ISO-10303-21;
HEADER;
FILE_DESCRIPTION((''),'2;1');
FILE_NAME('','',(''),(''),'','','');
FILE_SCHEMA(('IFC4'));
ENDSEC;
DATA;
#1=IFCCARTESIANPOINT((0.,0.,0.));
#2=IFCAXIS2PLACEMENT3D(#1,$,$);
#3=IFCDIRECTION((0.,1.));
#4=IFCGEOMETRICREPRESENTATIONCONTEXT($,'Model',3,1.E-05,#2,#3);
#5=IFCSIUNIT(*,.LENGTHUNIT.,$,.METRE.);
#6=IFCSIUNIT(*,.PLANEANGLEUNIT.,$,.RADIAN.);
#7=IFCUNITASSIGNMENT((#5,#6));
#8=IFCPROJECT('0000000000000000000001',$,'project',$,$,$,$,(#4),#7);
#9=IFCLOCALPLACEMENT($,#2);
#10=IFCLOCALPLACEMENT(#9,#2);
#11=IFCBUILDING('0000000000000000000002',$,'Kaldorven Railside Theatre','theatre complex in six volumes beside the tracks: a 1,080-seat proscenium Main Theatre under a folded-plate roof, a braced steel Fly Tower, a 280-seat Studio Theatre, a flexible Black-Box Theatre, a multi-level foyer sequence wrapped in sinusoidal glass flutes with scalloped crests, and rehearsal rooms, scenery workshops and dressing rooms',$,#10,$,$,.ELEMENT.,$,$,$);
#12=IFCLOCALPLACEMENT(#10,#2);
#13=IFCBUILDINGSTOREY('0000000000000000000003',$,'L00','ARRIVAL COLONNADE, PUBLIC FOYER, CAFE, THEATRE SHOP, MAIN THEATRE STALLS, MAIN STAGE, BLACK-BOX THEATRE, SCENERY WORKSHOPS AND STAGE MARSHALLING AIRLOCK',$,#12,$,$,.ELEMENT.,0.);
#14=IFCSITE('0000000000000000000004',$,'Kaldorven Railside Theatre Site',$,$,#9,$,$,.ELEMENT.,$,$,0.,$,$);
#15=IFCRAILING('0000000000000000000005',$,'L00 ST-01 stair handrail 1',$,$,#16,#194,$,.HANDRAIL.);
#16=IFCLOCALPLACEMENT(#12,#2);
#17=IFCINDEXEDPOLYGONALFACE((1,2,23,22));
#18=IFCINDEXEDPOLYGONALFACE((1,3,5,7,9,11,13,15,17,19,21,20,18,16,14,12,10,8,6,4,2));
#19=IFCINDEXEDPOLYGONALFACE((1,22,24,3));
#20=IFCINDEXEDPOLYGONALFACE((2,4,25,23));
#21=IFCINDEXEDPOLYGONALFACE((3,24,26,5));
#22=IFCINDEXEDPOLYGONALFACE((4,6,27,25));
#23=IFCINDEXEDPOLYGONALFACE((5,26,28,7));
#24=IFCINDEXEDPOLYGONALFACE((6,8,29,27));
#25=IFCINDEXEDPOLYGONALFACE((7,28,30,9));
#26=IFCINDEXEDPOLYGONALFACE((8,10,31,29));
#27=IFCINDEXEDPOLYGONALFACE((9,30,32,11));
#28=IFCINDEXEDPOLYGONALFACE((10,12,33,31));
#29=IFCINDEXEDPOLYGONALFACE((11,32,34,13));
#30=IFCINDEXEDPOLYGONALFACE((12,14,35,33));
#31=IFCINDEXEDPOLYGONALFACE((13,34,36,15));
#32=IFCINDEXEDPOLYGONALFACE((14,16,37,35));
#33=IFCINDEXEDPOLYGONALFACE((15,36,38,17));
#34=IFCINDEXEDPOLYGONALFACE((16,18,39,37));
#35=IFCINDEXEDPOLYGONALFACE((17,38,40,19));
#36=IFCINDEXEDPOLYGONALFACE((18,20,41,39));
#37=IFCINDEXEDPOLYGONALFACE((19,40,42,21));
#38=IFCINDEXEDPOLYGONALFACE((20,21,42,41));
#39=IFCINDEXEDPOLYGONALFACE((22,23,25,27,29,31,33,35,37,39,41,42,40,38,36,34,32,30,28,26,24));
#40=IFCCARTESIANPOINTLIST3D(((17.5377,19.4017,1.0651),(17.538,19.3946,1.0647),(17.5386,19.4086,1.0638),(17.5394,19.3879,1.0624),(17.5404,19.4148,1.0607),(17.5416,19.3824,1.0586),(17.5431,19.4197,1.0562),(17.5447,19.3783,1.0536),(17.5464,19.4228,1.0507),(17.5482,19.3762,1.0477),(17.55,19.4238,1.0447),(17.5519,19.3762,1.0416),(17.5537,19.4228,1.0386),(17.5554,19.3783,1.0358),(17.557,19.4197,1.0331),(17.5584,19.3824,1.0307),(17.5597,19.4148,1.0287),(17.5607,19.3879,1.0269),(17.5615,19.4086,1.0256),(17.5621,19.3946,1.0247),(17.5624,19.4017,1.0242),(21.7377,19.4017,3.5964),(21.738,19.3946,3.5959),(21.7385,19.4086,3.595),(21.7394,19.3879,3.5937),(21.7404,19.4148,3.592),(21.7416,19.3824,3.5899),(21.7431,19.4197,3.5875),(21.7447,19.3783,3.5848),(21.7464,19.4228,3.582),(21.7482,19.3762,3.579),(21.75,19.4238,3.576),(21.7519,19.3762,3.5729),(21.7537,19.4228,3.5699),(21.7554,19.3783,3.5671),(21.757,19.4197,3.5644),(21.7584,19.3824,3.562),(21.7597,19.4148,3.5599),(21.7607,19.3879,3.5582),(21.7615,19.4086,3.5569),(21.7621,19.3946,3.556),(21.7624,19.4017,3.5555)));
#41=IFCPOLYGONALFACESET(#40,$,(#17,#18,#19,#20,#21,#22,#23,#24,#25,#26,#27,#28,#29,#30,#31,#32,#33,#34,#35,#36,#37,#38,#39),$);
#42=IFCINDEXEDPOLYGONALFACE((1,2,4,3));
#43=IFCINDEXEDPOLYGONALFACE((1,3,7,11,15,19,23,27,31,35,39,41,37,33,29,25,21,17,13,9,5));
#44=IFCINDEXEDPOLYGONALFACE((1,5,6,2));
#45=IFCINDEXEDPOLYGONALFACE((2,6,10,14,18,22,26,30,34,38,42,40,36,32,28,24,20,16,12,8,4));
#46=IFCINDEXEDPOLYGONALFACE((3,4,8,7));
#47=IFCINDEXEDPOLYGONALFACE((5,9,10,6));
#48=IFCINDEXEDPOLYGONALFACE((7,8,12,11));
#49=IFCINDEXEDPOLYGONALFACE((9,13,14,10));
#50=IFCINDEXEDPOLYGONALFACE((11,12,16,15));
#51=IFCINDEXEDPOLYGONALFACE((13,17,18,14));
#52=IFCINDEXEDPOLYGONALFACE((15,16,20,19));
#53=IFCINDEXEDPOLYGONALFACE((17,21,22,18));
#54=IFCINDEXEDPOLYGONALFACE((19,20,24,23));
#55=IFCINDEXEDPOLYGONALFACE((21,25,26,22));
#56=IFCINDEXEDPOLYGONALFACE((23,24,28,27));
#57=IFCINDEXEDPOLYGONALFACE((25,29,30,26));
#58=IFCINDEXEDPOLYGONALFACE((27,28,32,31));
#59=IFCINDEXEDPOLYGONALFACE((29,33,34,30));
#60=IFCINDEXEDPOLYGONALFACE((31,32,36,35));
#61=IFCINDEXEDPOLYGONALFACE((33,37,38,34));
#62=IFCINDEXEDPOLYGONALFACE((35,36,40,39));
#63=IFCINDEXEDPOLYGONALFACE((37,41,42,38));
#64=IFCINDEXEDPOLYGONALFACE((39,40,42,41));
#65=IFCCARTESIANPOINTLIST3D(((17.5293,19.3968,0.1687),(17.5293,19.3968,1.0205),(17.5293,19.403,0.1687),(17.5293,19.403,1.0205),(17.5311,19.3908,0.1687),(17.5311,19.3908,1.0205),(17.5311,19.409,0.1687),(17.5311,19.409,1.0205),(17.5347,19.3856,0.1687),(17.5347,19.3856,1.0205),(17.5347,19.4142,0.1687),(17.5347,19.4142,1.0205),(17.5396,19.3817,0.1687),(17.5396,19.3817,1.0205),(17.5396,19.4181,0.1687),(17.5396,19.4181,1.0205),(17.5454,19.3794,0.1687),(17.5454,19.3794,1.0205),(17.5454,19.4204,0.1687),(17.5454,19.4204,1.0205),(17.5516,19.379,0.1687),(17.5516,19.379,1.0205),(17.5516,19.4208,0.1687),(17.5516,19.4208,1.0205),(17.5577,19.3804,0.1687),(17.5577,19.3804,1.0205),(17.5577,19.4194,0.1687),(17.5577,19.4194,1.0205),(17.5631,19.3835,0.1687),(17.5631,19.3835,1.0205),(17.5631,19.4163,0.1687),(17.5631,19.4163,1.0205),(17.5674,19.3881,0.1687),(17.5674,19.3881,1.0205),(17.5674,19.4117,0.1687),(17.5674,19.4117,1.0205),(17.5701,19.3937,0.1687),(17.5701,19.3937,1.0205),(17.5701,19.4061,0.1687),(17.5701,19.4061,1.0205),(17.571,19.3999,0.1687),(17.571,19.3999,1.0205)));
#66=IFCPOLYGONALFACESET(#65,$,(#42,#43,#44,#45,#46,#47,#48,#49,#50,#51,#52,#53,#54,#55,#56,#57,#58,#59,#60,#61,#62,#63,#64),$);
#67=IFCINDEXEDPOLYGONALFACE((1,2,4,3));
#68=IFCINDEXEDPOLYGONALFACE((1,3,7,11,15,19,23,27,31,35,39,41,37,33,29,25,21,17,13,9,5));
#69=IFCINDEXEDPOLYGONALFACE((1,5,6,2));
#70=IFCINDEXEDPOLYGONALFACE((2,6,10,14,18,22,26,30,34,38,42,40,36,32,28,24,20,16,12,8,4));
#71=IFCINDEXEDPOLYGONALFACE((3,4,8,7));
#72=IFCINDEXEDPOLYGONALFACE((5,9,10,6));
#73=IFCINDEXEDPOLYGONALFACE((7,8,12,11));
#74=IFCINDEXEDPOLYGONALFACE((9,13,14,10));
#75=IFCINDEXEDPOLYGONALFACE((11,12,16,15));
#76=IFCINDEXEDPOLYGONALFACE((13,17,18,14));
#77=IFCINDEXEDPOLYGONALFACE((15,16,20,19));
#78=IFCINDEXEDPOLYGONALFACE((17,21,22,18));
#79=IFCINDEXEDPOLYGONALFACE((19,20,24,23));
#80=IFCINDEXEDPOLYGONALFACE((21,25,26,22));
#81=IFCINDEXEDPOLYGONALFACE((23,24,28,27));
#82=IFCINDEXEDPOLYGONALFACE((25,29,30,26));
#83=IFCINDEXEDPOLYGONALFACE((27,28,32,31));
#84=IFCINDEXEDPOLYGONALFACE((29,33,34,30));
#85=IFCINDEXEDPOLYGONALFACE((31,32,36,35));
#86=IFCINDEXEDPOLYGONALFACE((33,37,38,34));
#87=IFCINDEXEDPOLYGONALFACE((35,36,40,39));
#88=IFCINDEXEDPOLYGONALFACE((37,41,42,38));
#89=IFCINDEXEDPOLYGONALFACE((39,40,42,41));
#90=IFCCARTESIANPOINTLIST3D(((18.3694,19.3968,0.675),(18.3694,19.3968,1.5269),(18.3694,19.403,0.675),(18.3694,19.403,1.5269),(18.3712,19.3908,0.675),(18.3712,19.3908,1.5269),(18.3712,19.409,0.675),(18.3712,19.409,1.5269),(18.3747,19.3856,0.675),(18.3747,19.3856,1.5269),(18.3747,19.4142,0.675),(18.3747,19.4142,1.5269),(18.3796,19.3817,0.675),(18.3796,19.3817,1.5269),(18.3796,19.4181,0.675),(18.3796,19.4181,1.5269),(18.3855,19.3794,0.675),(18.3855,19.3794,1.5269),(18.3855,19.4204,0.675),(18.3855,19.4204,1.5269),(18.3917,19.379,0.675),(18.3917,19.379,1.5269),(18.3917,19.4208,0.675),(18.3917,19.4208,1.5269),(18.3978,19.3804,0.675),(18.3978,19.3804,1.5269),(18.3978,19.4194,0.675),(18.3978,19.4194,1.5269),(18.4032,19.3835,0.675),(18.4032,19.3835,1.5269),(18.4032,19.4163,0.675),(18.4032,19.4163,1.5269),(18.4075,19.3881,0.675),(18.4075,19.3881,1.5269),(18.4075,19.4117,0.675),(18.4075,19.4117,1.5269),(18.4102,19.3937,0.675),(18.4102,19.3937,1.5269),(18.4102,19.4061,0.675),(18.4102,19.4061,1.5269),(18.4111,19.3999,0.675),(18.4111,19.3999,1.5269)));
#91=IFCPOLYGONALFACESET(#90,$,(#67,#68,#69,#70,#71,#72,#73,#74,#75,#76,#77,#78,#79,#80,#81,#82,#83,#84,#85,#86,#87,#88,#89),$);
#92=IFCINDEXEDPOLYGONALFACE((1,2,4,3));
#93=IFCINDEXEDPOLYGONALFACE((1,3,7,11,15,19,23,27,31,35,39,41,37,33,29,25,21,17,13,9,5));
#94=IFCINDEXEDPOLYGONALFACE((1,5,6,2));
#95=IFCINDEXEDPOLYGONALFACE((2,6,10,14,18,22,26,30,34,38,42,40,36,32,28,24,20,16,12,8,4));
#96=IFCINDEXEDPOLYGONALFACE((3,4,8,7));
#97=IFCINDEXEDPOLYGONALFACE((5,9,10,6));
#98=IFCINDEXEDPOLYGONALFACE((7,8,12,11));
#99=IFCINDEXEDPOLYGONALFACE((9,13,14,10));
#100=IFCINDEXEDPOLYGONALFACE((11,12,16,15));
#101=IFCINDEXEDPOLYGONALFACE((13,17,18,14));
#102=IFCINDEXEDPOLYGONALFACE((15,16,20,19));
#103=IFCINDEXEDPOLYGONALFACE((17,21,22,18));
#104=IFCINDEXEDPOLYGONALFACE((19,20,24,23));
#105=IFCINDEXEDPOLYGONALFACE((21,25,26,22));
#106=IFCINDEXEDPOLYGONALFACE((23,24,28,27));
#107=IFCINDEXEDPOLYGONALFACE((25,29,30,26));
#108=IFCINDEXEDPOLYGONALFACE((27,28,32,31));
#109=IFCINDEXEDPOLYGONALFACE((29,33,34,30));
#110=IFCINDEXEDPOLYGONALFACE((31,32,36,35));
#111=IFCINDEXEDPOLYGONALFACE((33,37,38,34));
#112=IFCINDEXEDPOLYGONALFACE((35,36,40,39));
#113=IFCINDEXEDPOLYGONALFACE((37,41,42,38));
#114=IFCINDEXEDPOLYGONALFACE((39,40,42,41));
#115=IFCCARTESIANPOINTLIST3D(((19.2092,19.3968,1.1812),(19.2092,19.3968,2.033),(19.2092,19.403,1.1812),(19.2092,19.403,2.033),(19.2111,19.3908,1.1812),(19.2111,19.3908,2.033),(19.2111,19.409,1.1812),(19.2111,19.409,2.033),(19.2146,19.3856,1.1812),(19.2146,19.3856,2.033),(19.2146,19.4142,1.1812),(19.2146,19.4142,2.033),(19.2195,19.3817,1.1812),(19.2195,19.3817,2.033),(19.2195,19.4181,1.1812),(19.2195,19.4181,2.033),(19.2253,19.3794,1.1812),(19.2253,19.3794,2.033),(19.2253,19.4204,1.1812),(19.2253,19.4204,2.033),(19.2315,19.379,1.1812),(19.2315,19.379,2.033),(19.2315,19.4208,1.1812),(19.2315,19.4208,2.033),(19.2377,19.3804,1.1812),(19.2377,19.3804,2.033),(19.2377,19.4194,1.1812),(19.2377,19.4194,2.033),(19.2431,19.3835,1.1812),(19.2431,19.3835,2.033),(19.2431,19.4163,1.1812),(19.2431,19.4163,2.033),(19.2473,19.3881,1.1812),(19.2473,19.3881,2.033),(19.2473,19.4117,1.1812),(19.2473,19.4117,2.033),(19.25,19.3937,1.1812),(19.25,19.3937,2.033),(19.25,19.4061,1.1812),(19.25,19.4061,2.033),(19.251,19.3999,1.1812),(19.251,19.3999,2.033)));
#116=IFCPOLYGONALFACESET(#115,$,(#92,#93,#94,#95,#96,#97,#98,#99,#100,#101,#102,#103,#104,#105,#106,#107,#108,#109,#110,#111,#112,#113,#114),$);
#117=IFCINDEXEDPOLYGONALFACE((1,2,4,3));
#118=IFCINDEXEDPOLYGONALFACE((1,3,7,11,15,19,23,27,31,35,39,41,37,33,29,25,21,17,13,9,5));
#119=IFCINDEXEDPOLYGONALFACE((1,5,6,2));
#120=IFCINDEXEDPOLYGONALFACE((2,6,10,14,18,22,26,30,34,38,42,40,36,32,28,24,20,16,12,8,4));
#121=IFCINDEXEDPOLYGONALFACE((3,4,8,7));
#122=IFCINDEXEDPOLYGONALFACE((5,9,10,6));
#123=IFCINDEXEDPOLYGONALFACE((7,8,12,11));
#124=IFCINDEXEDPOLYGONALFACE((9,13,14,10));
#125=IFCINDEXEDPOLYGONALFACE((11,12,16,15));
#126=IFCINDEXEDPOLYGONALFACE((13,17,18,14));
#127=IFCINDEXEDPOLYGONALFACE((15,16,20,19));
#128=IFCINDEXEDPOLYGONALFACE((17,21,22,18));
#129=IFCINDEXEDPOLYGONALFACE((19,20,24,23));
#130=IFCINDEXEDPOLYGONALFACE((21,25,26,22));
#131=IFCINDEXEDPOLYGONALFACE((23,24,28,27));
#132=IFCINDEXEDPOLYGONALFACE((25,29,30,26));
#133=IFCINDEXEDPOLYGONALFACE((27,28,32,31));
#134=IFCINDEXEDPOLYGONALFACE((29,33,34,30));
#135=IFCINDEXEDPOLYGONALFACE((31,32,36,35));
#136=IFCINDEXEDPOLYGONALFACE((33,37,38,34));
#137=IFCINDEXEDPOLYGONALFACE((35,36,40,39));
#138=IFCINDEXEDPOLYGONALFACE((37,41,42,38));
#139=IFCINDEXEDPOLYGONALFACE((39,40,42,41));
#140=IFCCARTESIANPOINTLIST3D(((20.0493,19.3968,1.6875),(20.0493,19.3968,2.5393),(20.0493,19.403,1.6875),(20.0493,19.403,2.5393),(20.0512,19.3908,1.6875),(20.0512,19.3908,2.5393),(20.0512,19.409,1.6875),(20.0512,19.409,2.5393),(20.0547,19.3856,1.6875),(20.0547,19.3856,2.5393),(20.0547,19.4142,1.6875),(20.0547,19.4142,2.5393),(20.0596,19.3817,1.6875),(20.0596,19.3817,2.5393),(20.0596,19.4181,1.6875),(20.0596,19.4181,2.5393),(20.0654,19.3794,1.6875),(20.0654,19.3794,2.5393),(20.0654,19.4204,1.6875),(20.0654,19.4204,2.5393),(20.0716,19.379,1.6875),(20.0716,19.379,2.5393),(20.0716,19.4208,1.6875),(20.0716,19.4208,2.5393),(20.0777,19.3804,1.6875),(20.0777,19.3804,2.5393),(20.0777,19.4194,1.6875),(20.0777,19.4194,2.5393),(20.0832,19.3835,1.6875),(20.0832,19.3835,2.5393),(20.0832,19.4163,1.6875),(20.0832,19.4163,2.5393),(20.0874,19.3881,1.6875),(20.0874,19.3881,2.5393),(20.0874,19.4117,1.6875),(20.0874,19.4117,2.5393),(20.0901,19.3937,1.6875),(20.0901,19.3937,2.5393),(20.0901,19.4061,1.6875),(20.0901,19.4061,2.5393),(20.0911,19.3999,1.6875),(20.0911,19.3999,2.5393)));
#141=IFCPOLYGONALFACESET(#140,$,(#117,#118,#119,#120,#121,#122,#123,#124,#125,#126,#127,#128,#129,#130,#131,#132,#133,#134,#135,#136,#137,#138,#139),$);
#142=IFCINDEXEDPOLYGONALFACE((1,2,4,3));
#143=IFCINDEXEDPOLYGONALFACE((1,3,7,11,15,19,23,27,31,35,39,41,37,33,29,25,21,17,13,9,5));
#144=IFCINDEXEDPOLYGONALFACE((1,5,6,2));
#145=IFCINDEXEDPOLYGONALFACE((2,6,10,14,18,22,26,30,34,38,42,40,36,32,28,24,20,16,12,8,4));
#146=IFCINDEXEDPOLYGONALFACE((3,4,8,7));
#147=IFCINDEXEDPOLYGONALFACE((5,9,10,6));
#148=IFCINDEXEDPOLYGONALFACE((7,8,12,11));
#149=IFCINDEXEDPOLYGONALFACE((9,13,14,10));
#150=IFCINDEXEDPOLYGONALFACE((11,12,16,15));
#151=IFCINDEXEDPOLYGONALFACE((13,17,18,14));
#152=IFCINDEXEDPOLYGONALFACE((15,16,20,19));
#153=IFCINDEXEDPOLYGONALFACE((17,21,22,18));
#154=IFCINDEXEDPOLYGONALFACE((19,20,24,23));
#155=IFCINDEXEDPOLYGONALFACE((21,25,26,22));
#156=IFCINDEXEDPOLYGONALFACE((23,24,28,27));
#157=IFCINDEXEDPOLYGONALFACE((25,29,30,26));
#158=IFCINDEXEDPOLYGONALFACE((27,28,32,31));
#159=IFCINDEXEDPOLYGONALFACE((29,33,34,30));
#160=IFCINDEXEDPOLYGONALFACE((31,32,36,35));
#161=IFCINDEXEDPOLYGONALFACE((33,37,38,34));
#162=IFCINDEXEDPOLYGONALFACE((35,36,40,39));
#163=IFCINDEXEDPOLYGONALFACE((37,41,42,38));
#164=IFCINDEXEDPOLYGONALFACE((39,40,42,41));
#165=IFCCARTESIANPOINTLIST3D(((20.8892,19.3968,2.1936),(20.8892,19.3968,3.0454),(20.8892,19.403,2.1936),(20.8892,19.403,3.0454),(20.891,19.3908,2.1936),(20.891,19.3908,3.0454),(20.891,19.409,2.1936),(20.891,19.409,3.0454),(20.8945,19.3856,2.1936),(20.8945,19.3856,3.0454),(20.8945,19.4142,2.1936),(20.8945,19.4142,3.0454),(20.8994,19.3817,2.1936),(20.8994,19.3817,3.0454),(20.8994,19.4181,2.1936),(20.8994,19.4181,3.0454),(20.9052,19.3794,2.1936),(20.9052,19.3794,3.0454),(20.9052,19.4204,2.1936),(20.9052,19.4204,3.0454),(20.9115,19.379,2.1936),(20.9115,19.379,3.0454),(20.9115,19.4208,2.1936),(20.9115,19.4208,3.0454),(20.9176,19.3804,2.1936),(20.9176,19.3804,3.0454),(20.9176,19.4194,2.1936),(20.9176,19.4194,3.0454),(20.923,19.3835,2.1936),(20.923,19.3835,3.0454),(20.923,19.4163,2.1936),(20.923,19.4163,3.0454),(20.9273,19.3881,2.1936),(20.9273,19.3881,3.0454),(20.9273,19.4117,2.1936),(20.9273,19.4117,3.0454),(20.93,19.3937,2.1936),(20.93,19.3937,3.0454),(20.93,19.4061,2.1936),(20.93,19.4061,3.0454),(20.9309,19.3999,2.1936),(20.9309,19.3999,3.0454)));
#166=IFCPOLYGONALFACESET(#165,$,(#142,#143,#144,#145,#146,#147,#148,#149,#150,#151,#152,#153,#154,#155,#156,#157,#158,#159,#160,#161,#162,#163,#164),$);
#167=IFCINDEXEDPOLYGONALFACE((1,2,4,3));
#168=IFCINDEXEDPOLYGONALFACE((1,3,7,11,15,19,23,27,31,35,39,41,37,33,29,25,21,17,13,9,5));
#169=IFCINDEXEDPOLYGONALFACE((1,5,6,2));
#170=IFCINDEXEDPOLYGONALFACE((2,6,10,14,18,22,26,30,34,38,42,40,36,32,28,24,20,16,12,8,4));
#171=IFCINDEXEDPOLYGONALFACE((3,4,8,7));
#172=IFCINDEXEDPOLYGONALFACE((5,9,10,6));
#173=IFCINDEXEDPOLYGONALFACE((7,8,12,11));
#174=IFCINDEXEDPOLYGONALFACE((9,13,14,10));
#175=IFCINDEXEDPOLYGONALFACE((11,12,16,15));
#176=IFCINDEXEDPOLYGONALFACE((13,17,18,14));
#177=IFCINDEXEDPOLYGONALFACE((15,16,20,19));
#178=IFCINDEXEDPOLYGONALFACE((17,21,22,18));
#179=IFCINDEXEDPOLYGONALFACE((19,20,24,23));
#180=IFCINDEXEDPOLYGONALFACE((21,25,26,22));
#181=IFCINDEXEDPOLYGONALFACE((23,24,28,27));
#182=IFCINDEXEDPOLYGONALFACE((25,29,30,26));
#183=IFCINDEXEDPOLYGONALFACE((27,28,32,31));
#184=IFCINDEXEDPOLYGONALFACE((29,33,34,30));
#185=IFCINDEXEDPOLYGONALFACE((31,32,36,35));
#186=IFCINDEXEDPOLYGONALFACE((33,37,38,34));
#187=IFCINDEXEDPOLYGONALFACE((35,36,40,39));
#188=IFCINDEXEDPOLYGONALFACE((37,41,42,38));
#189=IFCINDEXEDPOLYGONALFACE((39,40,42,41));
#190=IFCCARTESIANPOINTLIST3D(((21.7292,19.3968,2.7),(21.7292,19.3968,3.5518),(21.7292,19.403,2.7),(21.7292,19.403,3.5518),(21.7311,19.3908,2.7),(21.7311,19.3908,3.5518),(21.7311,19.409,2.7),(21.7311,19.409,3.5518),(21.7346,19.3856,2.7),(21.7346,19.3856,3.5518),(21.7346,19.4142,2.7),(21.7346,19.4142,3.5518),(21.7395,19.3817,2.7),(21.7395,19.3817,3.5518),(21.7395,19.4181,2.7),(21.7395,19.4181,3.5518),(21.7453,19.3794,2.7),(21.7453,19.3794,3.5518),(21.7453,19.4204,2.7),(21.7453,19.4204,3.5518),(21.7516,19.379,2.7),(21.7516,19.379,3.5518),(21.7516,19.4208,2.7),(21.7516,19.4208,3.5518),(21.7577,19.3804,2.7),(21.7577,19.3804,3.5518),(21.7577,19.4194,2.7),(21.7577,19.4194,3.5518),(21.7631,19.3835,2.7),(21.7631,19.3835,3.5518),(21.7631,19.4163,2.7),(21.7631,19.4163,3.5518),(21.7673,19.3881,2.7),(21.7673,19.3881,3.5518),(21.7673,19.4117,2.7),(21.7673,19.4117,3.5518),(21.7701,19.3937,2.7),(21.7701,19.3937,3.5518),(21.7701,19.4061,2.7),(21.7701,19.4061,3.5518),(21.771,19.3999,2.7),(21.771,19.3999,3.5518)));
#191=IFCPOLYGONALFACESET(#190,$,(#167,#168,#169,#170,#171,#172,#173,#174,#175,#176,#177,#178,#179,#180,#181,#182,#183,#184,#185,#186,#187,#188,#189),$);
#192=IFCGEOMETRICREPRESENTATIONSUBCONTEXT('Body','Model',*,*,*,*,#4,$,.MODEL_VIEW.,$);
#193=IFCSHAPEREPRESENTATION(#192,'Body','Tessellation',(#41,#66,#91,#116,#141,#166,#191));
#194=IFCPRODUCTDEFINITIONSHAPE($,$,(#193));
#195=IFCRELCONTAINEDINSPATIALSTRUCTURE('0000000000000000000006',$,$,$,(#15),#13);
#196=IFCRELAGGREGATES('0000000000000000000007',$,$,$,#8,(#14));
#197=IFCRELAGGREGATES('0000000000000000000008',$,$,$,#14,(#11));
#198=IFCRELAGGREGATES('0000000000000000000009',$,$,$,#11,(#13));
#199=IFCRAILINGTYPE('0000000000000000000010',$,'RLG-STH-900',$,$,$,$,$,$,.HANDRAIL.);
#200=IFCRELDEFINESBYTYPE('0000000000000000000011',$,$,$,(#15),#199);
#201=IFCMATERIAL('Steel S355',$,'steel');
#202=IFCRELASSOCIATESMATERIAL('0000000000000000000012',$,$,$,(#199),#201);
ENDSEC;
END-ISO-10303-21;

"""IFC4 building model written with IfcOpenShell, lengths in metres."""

from ifc_helpers import new_model, si_unit, direction, frame, origin, origin_2d, place, context, subcontext, project, spatial, circle, extrude, material, type_object, element, save


model = new_model("IFC4")

# Units and contexts
model_context = context("Model", 3, precision=1e-05, world=origin(), true_north=direction((0.0, 1.0)))
body_context = subcontext(model_context, "Body", "Model", "MODEL_VIEW")
ifc_project = project(units=[si_unit("LENGTHUNIT", "METRE"), si_unit("PLANEANGLEUNIT", "RADIAN")], contexts=[model_context])

# Site, building, storey
site_placement = place(None, origin())
site = spatial("IfcSite", under=ifc_project, at=site_placement, Name="Kaldorven Railside Theatre Site", CompositionType="ELEMENT", RefElevation=0.0)
building_placement = place(site_placement, origin())
building = spatial("IfcBuilding", under=site, at=building_placement, Name="Kaldorven Railside Theatre", Description="theatre complex in six volumes beside the tracks: a 1,080-seat proscenium Main Theatre under a folded-plate roof, a braced steel Fly Tower, a 280-seat Studio Theatre, a flexible Black-Box Theatre, a multi-level foyer sequence wrapped in sinusoidal glass flutes with scalloped crests, and rehearsal rooms, scenery workshops and dressing rooms", CompositionType="ELEMENT")
storey_placement = place(building_placement, origin())
storey = spatial("IfcBuildingStorey", under=building, at=storey_placement, Name="L00", Description="ARRIVAL COLONNADE, PUBLIC FOYER, CAFE, THEATRE SHOP, MAIN THEATRE STALLS, MAIN STAGE, BLACK-BOX THEATRE, SCENERY WORKSHOPS AND STAGE MARSHALLING AIRLOCK", CompositionType="ELEMENT", Elevation=0.0)

# Shared definitions
ifc_material_1 = material(Name="Steel S355", Category="steel")

# Railing
railing_type_1 = type_object("IfcRailingType", Name="RLG-STH-900", PredefinedType="HANDRAIL", material=ifc_material_1)
railing_1_placement = place(storey_placement, frame((17.55, 19.3999, 0.1687)))
element("IfcRailing", 1, at=railing_1_placement, inside=storey, type_object=railing_type_1, Name="L00 ST-01 stair handrail 1", PredefinedType="HANDRAIL", context=body_context, shape_type="SweptSolid", body=[
    extrude(circle(Radius=0.0239, at=origin_2d()), frame((0.0, 0.0, 0.876), z_axis=(0.856476, 0.0, 0.516186), x_axis=(0.0, 1.0, 0.0)), (0.0, 0.0, 1.0), 4.9038),
    extrude(circle(Radius=0.021, at=origin_2d()), origin(), (0.0, 0.0, 1.0), 0.8518),
    extrude(circle(Radius=0.021, at=origin_2d()), frame((0.8401, 0.0, 0.5063)), (0.0, 0.0, 1.0), 0.8518),
    extrude(circle(Radius=0.021, at=origin_2d()), frame((1.6799, 0.0, 1.0125)), (0.0, 0.0, 1.0), 0.8518),
    extrude(circle(Radius=0.021, at=origin_2d()), frame((2.52, 0.0, 1.5188)), (0.0, 0.0, 1.0), 0.8518),
    extrude(circle(Radius=0.021, at=origin_2d()), frame((3.3599, 0.0, 2.0249)), (0.0, 0.0, 1.0), 0.8518),
    extrude(circle(Radius=0.021, at=origin_2d()), frame((4.2, 0.0, 2.5312)), (0.0, 0.0, 1.0), 0.8518),
])

save(model, "model.ifc")
